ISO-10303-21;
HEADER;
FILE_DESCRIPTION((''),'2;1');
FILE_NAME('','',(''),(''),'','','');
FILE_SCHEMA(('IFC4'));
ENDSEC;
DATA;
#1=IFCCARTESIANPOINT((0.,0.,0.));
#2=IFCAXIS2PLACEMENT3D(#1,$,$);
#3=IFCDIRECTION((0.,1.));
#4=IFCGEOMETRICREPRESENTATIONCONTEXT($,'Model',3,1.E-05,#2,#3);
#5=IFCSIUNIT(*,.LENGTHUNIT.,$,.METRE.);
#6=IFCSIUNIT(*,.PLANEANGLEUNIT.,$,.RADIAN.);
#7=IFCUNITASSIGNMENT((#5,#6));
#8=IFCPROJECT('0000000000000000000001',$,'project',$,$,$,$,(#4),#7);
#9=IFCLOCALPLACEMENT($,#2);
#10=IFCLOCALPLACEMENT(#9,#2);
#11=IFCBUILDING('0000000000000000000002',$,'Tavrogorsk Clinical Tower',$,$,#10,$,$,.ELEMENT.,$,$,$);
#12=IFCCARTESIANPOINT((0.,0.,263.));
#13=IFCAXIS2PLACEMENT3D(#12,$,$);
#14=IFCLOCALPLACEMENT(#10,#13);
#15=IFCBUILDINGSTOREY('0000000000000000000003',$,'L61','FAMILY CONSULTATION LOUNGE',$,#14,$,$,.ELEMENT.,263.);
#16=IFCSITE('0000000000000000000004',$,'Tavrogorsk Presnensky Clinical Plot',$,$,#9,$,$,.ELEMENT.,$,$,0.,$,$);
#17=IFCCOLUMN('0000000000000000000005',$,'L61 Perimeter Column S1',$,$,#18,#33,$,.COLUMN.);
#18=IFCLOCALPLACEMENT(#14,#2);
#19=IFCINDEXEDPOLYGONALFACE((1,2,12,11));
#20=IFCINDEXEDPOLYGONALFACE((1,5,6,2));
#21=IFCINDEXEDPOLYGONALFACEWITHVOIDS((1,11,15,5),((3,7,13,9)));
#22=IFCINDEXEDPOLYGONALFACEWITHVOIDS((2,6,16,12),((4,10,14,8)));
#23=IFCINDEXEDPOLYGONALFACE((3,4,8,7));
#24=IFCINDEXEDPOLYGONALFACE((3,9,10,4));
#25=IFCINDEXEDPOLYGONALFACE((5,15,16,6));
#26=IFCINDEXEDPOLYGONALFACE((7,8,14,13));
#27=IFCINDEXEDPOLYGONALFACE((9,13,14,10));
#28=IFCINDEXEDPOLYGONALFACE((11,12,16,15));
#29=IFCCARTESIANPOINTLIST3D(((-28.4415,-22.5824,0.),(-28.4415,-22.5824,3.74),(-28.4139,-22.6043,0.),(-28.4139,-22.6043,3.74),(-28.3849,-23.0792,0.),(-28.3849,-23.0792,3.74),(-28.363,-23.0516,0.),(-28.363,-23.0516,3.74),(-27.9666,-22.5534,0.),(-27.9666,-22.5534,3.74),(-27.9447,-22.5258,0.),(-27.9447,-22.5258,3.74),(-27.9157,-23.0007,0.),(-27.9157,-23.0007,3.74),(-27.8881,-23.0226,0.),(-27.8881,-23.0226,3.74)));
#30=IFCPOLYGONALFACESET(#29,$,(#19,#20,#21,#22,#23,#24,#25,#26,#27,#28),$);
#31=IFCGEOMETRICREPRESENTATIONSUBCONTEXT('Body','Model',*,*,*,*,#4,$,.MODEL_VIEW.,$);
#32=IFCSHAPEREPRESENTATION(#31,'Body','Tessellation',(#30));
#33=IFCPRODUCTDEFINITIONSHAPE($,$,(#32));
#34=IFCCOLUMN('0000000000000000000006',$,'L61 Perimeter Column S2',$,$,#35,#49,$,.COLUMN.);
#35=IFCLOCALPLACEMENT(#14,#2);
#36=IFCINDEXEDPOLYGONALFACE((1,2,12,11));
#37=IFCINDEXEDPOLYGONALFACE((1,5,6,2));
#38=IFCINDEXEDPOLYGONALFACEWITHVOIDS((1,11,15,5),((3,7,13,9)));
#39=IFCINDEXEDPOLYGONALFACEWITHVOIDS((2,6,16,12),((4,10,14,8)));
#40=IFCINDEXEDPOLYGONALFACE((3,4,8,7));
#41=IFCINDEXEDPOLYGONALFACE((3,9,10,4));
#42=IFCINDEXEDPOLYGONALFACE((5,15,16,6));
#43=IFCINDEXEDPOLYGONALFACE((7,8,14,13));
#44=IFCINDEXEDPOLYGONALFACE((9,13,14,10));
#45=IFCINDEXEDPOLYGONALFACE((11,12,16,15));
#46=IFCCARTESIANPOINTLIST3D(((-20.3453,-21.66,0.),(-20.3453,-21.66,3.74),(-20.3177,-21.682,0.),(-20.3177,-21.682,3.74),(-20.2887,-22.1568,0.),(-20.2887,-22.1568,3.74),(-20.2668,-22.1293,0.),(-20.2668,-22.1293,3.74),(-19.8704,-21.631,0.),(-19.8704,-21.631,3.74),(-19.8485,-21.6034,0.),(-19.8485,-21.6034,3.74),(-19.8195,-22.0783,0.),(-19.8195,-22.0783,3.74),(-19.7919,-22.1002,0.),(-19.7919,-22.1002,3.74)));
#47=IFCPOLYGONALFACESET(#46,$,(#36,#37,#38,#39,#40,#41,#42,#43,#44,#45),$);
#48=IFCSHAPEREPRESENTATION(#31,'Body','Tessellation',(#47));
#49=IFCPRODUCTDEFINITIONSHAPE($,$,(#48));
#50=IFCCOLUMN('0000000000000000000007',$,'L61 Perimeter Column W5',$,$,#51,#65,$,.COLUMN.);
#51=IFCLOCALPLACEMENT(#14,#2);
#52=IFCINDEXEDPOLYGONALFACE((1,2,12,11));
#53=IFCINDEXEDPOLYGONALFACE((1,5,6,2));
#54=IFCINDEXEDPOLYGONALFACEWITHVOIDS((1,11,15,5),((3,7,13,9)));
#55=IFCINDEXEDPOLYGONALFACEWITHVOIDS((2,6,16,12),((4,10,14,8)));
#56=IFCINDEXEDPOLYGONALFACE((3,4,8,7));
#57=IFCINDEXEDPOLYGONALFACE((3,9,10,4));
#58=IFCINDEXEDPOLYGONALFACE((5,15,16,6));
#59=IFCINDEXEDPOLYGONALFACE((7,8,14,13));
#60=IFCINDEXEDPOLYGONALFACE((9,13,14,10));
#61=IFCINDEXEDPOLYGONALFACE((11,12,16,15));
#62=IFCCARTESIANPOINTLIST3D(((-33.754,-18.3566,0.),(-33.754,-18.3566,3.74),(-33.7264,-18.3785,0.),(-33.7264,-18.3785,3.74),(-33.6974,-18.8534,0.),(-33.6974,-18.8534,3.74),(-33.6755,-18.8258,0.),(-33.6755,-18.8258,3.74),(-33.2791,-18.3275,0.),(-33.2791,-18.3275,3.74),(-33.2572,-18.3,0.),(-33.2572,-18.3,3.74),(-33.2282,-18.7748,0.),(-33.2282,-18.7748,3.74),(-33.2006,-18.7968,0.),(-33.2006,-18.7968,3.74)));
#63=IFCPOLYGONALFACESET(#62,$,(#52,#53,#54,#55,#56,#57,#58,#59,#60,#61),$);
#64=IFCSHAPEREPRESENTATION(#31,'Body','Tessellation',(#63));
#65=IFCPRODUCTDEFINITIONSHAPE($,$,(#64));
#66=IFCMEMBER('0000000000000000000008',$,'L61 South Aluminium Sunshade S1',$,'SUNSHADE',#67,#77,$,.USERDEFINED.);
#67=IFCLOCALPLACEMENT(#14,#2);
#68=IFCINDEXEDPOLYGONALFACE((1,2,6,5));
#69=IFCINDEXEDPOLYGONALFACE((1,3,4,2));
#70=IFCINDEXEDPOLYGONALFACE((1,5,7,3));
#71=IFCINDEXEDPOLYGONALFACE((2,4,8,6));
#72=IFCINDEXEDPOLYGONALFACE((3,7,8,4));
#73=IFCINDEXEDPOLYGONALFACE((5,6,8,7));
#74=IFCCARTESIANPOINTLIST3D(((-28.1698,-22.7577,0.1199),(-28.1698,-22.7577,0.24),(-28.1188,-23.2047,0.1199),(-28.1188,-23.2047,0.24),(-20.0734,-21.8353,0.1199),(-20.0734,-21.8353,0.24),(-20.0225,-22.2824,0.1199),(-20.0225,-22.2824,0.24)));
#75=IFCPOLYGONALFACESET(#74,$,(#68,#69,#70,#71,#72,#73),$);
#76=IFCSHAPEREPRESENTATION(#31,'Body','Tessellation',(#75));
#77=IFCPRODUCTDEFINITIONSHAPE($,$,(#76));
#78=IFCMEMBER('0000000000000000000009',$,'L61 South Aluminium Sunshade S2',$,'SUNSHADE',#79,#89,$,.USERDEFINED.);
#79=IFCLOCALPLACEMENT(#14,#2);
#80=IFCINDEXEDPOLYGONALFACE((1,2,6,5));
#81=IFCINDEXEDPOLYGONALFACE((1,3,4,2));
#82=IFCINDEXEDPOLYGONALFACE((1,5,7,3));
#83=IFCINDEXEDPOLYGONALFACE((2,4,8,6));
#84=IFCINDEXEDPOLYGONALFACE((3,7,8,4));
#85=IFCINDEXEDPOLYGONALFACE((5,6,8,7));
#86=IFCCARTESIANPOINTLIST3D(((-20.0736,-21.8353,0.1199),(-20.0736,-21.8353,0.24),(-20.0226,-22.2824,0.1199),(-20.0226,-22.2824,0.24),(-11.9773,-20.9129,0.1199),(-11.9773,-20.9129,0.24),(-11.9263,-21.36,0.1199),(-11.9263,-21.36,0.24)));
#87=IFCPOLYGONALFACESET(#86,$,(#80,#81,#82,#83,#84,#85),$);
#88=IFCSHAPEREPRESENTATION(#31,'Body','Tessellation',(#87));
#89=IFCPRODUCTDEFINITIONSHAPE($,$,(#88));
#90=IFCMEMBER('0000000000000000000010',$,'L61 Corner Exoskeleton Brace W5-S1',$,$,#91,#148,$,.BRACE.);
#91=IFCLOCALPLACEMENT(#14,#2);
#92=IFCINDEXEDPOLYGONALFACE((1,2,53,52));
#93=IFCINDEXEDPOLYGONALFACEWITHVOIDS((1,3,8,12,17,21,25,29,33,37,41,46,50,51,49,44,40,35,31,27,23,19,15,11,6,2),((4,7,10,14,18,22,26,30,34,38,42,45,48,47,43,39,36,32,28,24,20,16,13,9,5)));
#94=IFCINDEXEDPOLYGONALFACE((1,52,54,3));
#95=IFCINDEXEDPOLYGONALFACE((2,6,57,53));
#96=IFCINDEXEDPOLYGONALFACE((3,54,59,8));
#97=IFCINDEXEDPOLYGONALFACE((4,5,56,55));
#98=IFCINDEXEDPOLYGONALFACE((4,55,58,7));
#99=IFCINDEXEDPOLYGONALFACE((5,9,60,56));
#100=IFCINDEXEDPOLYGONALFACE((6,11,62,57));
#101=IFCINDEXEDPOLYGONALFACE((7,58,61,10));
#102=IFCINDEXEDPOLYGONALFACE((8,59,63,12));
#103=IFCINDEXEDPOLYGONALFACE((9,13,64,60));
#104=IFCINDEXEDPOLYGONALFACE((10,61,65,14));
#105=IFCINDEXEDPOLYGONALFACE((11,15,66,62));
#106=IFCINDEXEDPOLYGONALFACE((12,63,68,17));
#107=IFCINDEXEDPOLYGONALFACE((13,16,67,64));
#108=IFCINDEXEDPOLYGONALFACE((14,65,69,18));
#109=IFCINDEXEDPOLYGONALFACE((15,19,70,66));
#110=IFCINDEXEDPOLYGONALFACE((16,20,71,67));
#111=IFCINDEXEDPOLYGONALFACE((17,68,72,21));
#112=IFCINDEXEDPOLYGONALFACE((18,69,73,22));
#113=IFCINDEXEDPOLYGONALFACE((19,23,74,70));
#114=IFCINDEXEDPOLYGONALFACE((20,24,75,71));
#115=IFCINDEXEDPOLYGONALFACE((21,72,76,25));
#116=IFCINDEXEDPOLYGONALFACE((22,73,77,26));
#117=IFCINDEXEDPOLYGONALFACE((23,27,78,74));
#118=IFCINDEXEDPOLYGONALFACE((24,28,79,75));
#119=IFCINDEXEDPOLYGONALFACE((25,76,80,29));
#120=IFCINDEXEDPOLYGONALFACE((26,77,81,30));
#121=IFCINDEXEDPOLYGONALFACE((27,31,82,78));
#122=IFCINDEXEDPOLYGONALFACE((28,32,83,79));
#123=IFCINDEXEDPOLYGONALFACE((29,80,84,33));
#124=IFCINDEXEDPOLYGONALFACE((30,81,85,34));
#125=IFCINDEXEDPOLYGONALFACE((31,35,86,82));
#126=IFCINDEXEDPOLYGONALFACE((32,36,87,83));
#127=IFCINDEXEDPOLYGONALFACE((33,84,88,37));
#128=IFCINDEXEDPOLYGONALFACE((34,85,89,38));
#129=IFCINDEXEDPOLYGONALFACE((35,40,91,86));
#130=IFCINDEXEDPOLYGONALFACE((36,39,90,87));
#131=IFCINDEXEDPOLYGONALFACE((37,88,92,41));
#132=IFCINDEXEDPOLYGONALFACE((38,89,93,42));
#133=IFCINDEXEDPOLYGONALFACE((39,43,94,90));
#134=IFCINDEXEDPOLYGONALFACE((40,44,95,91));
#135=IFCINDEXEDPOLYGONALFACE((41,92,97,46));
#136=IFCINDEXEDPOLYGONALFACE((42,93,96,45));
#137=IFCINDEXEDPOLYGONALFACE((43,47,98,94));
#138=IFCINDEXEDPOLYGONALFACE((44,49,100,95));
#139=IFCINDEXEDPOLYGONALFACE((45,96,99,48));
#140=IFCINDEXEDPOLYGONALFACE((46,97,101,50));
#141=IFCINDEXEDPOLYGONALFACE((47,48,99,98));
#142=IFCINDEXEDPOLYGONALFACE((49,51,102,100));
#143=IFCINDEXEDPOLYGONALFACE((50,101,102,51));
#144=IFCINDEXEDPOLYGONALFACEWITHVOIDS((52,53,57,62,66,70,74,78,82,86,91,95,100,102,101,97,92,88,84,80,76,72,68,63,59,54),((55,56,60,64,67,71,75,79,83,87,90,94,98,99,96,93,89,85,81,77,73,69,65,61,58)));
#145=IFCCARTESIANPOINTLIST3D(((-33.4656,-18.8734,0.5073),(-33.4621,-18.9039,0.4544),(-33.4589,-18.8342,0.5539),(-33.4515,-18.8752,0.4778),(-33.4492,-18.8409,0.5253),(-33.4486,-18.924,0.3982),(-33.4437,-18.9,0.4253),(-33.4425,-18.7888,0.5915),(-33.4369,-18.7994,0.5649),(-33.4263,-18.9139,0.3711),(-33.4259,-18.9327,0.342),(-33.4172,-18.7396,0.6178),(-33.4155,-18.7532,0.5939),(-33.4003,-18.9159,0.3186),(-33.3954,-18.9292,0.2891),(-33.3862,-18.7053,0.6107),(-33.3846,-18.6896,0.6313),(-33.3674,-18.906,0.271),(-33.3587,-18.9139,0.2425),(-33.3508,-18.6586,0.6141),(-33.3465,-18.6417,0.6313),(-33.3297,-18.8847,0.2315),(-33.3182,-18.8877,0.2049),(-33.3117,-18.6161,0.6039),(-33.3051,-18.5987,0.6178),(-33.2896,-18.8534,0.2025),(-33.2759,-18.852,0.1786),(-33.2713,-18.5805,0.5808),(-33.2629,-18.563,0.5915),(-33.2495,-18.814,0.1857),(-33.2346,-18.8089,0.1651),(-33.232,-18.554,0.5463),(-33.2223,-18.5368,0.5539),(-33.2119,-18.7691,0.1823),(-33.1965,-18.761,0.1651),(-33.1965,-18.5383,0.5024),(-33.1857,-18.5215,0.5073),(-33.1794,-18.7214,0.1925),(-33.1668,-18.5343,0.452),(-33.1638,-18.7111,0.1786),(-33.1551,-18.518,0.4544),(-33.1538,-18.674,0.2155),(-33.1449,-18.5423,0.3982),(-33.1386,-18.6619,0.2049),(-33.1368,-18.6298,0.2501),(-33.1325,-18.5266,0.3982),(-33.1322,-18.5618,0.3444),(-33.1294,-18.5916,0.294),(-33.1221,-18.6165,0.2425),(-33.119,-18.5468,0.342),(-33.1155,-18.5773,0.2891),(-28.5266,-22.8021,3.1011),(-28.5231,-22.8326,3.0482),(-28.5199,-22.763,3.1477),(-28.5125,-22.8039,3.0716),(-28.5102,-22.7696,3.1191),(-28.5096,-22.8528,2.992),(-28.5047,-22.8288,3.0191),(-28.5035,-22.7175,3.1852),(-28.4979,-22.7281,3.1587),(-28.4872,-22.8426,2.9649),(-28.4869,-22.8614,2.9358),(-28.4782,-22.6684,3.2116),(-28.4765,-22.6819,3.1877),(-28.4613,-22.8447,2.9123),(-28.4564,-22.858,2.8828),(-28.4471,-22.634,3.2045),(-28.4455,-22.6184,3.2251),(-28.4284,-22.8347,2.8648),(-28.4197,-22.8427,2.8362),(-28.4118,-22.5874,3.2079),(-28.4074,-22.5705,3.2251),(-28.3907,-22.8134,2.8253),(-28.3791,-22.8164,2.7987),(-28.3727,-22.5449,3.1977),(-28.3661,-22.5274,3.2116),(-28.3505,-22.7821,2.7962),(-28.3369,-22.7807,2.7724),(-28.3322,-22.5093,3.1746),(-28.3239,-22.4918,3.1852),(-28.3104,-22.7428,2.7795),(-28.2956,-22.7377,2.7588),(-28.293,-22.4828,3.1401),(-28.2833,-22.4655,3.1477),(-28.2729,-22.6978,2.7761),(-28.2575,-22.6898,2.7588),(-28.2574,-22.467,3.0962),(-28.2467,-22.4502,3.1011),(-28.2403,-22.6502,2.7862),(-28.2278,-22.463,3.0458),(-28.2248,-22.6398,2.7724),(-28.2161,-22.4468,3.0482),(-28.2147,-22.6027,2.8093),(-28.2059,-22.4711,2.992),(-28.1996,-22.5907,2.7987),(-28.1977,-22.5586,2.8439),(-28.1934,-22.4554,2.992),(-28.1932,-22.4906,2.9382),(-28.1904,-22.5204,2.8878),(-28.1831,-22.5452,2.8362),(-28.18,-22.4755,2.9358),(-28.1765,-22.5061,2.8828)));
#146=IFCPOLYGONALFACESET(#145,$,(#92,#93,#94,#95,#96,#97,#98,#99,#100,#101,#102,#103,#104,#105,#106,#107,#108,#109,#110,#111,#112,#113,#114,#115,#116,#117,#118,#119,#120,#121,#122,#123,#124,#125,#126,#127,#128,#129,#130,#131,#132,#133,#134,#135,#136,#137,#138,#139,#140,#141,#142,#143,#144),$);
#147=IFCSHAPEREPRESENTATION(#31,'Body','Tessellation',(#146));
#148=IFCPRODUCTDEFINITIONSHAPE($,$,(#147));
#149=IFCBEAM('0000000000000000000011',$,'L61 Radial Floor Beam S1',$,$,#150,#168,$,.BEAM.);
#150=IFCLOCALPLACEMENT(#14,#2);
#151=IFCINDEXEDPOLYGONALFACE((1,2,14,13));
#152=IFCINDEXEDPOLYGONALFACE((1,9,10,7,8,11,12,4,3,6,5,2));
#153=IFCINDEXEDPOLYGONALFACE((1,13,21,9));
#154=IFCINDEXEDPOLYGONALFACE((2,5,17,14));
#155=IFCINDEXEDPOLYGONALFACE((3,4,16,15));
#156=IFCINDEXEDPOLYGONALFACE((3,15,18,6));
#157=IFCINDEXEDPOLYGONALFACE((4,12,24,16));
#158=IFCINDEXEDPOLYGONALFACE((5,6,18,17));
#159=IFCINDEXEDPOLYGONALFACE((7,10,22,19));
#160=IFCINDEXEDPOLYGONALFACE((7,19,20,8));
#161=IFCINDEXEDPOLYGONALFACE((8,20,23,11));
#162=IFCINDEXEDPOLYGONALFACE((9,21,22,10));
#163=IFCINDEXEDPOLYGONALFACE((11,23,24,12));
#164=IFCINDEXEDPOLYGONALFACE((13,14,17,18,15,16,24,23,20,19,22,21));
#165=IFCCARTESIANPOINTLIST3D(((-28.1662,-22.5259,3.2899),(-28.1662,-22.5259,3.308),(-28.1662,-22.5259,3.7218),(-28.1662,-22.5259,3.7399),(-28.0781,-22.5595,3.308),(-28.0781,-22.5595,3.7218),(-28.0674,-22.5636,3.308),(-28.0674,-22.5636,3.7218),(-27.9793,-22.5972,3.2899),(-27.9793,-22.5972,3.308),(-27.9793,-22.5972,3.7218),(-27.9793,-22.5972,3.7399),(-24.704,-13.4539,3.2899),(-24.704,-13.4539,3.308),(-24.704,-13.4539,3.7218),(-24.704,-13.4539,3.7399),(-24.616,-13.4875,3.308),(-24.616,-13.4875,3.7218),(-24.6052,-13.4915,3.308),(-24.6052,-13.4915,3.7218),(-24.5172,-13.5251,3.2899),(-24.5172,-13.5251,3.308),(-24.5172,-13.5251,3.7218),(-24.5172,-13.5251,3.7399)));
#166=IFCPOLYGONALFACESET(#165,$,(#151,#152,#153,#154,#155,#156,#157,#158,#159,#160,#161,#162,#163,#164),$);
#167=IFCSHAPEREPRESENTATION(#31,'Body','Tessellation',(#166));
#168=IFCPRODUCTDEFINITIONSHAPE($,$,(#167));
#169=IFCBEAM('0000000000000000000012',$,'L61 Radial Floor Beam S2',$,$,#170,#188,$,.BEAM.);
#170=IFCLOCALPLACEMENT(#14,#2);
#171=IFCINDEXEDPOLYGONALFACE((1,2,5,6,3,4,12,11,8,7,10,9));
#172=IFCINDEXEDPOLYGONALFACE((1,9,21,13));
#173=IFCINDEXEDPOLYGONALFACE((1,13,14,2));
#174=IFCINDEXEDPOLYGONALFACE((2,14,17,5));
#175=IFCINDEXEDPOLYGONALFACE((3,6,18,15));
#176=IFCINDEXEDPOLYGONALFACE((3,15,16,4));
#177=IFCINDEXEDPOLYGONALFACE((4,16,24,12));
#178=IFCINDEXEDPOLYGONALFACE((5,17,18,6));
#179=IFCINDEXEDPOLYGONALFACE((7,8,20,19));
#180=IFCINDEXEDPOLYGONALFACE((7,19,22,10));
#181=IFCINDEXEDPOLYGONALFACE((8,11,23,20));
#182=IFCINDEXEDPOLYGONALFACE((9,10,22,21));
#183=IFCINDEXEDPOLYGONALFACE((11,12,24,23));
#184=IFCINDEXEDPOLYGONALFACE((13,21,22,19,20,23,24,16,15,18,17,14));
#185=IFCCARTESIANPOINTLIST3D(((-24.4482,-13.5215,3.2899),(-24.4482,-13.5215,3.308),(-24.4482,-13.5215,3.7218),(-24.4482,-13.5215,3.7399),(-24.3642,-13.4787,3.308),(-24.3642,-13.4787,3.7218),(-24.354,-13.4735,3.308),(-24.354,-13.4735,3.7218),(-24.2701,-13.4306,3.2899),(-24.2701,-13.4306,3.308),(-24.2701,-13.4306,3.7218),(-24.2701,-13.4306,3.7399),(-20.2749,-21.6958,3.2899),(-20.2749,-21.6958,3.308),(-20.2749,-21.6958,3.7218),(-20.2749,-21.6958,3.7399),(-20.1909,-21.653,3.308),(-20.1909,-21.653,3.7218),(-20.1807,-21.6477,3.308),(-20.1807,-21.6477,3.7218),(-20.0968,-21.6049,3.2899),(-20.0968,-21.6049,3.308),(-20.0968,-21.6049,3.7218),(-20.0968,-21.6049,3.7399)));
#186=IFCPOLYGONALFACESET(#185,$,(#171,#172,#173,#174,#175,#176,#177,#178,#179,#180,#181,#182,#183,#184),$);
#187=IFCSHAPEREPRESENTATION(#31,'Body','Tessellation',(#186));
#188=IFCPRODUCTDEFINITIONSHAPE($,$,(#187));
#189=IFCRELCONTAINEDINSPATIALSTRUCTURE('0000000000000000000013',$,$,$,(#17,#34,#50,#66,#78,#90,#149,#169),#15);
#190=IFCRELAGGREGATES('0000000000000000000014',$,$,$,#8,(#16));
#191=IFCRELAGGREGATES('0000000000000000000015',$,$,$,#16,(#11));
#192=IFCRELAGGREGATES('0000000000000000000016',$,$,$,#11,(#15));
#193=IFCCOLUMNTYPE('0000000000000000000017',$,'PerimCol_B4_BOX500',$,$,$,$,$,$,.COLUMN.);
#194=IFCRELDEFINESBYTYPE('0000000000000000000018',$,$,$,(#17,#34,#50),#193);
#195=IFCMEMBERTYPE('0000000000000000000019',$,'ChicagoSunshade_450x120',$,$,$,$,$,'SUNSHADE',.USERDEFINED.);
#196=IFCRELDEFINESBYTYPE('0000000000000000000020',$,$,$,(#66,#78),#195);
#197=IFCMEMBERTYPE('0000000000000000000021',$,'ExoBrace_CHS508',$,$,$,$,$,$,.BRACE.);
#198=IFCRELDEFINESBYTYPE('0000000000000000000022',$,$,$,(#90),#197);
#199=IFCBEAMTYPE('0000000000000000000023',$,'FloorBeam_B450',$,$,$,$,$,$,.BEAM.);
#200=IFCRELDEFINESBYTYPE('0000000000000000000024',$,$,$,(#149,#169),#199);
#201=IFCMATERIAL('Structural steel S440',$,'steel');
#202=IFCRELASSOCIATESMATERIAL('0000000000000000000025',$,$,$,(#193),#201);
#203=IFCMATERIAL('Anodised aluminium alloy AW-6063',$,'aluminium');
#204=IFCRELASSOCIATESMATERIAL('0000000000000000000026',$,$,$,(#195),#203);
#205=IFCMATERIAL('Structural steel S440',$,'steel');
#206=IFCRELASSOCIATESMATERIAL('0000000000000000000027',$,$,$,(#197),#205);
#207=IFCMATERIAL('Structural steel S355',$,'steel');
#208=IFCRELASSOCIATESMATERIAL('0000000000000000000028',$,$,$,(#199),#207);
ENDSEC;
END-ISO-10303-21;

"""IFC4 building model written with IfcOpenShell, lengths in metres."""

from ifc_helpers import new_model, si_unit, direction, frame, origin, origin_2d, place, context, subcontext, project, spatial, rectangle, hollow_rectangle, hollow_circle, i_section, extrude, material, material_profile, profile_set, type_object, element, save


model = new_model("IFC4")

# Units and contexts
model_context = context("Model", 3, precision=1e-05, world=origin(), true_north=direction((0.0, 1.0)))
body_context = subcontext(model_context, "Body", "Model", "MODEL_VIEW")
ifc_project = project(units=[si_unit("LENGTHUNIT", "METRE"), si_unit("PLANEANGLEUNIT", "RADIAN")], contexts=[model_context])

# Site, building, storey
site_placement = place(None, origin())
site = spatial("IfcSite", under=ifc_project, at=site_placement, Name="Tavrogorsk Presnensky Clinical Plot", CompositionType="ELEMENT", RefElevation=0.0)
building_placement = place(site_placement, origin())
building = spatial("IfcBuilding", under=site, at=building_placement, Name="Tavrogorsk Clinical Tower", CompositionType="ELEMENT")
storey_placement = place(building_placement, frame((0.0, 0.0, 263.0)))
storey = spatial("IfcBuildingStorey", under=building, at=storey_placement, Name="L61", Description="FAMILY CONSULTATION LOUNGE", CompositionType="ELEMENT", Elevation=263.0)

# Columns
ifc_material_1 = material(Name="Structural steel S440", Category="steel")
ifc_material_profile_1 = material_profile(ifc_material_1, hollow_rectangle(XDim=0.5, YDim=0.5, WallThickness=0.0249, at=origin_2d()), Name="BOX-500x500x25")
ifc_profile_set_1 = profile_set([ifc_material_profile_1], Name="Structural steel S440")
column_type = type_object("IfcColumnType", Name="PerimCol_B4_BOX500", PredefinedType="COLUMN", material=ifc_profile_set_1)
for number, where, z_axis, x_axis, name in (
    (1, (-28.1648, -22.8025, 0.0), (0.0, 0.0, 1.0), (0.993572, 0.113203, 0.0), "L61 Perimeter Column S1"),
    (2, (-20.0686, -21.8801, 0.0), (0.0, 0.0, 1.0), (0.993572, 0.113203, 0.0), "L61 Perimeter Column S2"),
    (3, (-33.4773, -18.5767, 0.0), (0.0, 0.0, 1.0), (0.993572, 0.113203, 0.0), "L61 Perimeter Column W5"),
):
    element("IfcColumn", number, at=place(storey_placement, frame(where, z_axis=z_axis, x_axis=x_axis)), inside=storey, type_object=column_type, Name=name, PredefinedType="COLUMN", context=body_context, shape_type="SweptSolid", body=[
        extrude(hollow_rectangle(XDim=0.5, YDim=0.5, WallThickness=0.0249, at=origin_2d()), origin(), (0.0, 0.0, 1.0), 3.74),
    ])

# Members
ifc_material_2 = material(Name="Anodised aluminium alloy AW-6063", Category="aluminium")
ifc_material_profile_2 = material_profile(ifc_material_2, rectangle(XDim=0.45, YDim=0.1201, at=origin_2d()), Name="ALU-SUNSHADE-450x120")
ifc_profile_set_2 = profile_set([ifc_material_profile_2], Name="Anodised aluminium alloy AW-6063")
member_type_1 = type_object("IfcMemberType", Name="ChicagoSunshade_450x120", ElementType="SUNSHADE", PredefinedType="USERDEFINED", material=ifc_profile_set_2)
for number, where, z_axis, x_axis, name in (
    (4, (-28.1443, -22.9812, 0.1799), (0.993573, 0.113193, 0.0), (-0.113193, 0.993573, 0.0), "L61 South Aluminium Sunshade S1"),
    (5, (-20.0481, -22.0588, 0.1799), (0.993573, 0.113193, 0.0), (-0.113193, 0.993573, 0.0), "L61 South Aluminium Sunshade S2"),
):
    element("IfcMember", number, at=place(storey_placement, frame(where, z_axis=z_axis, x_axis=x_axis)), inside=storey, type_object=member_type_1, Name=name, ObjectType="SUNSHADE", PredefinedType="USERDEFINED", context=body_context, shape_type="SweptSolid", body=[
        extrude(rectangle(XDim=0.45, YDim=0.1201, at=origin_2d()), origin(), (0.0, 0.0, 1.0), 8.1487),
    ])
ifc_material_3 = material(Name="Structural steel S440", Category="steel")
ifc_material_profile_3 = material_profile(ifc_material_3, hollow_circle(Radius=0.2539, WallThickness=0.02, at=origin_2d()), Name="CHS-508x20")
ifc_profile_set_3 = profile_set([ifc_material_profile_3], Name="Structural steel S440")
member_type_2 = type_object("IfcMemberType", Name="ExoBrace_CHS508", PredefinedType="BRACE", material=ifc_profile_set_3)
member_1_placement = place(storey_placement, frame((-33.2905, -18.7253, 0.3982), z_axis=(0.723852, -0.575789, 0.380138), x_axis=(0.622522, 0.782602, 0.0)))
element("IfcMember", 6, at=member_1_placement, inside=storey, type_object=member_type_2, Name="L61 Corner Exoskeleton Brace W5-S1", PredefinedType="BRACE", context=body_context, shape_type="SweptSolid", body=[
    extrude(hollow_circle(Radius=0.2539, WallThickness=0.02, at=origin_2d()), origin(), (0.0, 0.0, 1.0), 6.8232),
])

# Beams
ifc_material_4 = material(Name="Structural steel S355", Category="steel")
ifc_material_profile_4 = material_profile(ifc_material_4, i_section(OverallWidth=0.2, OverallDepth=0.45, WebThickness=0.0115, FlangeThickness=0.0181, at=origin_2d()), Name="B-450x200x11.5x18")
ifc_profile_set_4 = profile_set([ifc_material_profile_4], Name="Structural steel S355")
beam_type_1 = type_object("IfcBeamType", Name="FloorBeam_B450", PredefinedType="BEAM", material=ifc_profile_set_4)
beam_1_placement = place(storey_placement, frame((-24.6106, -13.4895, 3.5149), z_axis=(-0.356548, -0.934277, 0.0), x_axis=(0.934277, -0.356548, 0.0)))
element("IfcBeam", 7, at=beam_1_placement, inside=storey, type_object=beam_type_1, Name="L61 Radial Floor Beam S1", PredefinedType="BEAM", context=body_context, shape_type="SweptSolid", body=[
    extrude(i_section(OverallWidth=0.2, OverallDepth=0.45, WebThickness=0.0115, FlangeThickness=0.0181, at=origin_2d()), origin(), (0.0, 0.0, 1.0), 9.7102),
])
beam_2_placement = place(storey_placement, frame((-24.3591, -13.4761, 3.5149), z_axis=(0.45471, -0.89064, 0.0), x_axis=(0.89064, 0.45471, 0.0)))
element("IfcBeam", 8, at=beam_2_placement, inside=storey, type_object=beam_type_1, Name="L61 Radial Floor Beam S2", PredefinedType="BEAM", context=body_context, shape_type="SweptSolid", body=[
    extrude(i_section(OverallWidth=0.2, OverallDepth=0.45, WebThickness=0.0115, FlangeThickness=0.0181, at=origin_2d()), origin(), (0.0, 0.0, 1.0), 9.178),
])

save(model, "model.ifc")
